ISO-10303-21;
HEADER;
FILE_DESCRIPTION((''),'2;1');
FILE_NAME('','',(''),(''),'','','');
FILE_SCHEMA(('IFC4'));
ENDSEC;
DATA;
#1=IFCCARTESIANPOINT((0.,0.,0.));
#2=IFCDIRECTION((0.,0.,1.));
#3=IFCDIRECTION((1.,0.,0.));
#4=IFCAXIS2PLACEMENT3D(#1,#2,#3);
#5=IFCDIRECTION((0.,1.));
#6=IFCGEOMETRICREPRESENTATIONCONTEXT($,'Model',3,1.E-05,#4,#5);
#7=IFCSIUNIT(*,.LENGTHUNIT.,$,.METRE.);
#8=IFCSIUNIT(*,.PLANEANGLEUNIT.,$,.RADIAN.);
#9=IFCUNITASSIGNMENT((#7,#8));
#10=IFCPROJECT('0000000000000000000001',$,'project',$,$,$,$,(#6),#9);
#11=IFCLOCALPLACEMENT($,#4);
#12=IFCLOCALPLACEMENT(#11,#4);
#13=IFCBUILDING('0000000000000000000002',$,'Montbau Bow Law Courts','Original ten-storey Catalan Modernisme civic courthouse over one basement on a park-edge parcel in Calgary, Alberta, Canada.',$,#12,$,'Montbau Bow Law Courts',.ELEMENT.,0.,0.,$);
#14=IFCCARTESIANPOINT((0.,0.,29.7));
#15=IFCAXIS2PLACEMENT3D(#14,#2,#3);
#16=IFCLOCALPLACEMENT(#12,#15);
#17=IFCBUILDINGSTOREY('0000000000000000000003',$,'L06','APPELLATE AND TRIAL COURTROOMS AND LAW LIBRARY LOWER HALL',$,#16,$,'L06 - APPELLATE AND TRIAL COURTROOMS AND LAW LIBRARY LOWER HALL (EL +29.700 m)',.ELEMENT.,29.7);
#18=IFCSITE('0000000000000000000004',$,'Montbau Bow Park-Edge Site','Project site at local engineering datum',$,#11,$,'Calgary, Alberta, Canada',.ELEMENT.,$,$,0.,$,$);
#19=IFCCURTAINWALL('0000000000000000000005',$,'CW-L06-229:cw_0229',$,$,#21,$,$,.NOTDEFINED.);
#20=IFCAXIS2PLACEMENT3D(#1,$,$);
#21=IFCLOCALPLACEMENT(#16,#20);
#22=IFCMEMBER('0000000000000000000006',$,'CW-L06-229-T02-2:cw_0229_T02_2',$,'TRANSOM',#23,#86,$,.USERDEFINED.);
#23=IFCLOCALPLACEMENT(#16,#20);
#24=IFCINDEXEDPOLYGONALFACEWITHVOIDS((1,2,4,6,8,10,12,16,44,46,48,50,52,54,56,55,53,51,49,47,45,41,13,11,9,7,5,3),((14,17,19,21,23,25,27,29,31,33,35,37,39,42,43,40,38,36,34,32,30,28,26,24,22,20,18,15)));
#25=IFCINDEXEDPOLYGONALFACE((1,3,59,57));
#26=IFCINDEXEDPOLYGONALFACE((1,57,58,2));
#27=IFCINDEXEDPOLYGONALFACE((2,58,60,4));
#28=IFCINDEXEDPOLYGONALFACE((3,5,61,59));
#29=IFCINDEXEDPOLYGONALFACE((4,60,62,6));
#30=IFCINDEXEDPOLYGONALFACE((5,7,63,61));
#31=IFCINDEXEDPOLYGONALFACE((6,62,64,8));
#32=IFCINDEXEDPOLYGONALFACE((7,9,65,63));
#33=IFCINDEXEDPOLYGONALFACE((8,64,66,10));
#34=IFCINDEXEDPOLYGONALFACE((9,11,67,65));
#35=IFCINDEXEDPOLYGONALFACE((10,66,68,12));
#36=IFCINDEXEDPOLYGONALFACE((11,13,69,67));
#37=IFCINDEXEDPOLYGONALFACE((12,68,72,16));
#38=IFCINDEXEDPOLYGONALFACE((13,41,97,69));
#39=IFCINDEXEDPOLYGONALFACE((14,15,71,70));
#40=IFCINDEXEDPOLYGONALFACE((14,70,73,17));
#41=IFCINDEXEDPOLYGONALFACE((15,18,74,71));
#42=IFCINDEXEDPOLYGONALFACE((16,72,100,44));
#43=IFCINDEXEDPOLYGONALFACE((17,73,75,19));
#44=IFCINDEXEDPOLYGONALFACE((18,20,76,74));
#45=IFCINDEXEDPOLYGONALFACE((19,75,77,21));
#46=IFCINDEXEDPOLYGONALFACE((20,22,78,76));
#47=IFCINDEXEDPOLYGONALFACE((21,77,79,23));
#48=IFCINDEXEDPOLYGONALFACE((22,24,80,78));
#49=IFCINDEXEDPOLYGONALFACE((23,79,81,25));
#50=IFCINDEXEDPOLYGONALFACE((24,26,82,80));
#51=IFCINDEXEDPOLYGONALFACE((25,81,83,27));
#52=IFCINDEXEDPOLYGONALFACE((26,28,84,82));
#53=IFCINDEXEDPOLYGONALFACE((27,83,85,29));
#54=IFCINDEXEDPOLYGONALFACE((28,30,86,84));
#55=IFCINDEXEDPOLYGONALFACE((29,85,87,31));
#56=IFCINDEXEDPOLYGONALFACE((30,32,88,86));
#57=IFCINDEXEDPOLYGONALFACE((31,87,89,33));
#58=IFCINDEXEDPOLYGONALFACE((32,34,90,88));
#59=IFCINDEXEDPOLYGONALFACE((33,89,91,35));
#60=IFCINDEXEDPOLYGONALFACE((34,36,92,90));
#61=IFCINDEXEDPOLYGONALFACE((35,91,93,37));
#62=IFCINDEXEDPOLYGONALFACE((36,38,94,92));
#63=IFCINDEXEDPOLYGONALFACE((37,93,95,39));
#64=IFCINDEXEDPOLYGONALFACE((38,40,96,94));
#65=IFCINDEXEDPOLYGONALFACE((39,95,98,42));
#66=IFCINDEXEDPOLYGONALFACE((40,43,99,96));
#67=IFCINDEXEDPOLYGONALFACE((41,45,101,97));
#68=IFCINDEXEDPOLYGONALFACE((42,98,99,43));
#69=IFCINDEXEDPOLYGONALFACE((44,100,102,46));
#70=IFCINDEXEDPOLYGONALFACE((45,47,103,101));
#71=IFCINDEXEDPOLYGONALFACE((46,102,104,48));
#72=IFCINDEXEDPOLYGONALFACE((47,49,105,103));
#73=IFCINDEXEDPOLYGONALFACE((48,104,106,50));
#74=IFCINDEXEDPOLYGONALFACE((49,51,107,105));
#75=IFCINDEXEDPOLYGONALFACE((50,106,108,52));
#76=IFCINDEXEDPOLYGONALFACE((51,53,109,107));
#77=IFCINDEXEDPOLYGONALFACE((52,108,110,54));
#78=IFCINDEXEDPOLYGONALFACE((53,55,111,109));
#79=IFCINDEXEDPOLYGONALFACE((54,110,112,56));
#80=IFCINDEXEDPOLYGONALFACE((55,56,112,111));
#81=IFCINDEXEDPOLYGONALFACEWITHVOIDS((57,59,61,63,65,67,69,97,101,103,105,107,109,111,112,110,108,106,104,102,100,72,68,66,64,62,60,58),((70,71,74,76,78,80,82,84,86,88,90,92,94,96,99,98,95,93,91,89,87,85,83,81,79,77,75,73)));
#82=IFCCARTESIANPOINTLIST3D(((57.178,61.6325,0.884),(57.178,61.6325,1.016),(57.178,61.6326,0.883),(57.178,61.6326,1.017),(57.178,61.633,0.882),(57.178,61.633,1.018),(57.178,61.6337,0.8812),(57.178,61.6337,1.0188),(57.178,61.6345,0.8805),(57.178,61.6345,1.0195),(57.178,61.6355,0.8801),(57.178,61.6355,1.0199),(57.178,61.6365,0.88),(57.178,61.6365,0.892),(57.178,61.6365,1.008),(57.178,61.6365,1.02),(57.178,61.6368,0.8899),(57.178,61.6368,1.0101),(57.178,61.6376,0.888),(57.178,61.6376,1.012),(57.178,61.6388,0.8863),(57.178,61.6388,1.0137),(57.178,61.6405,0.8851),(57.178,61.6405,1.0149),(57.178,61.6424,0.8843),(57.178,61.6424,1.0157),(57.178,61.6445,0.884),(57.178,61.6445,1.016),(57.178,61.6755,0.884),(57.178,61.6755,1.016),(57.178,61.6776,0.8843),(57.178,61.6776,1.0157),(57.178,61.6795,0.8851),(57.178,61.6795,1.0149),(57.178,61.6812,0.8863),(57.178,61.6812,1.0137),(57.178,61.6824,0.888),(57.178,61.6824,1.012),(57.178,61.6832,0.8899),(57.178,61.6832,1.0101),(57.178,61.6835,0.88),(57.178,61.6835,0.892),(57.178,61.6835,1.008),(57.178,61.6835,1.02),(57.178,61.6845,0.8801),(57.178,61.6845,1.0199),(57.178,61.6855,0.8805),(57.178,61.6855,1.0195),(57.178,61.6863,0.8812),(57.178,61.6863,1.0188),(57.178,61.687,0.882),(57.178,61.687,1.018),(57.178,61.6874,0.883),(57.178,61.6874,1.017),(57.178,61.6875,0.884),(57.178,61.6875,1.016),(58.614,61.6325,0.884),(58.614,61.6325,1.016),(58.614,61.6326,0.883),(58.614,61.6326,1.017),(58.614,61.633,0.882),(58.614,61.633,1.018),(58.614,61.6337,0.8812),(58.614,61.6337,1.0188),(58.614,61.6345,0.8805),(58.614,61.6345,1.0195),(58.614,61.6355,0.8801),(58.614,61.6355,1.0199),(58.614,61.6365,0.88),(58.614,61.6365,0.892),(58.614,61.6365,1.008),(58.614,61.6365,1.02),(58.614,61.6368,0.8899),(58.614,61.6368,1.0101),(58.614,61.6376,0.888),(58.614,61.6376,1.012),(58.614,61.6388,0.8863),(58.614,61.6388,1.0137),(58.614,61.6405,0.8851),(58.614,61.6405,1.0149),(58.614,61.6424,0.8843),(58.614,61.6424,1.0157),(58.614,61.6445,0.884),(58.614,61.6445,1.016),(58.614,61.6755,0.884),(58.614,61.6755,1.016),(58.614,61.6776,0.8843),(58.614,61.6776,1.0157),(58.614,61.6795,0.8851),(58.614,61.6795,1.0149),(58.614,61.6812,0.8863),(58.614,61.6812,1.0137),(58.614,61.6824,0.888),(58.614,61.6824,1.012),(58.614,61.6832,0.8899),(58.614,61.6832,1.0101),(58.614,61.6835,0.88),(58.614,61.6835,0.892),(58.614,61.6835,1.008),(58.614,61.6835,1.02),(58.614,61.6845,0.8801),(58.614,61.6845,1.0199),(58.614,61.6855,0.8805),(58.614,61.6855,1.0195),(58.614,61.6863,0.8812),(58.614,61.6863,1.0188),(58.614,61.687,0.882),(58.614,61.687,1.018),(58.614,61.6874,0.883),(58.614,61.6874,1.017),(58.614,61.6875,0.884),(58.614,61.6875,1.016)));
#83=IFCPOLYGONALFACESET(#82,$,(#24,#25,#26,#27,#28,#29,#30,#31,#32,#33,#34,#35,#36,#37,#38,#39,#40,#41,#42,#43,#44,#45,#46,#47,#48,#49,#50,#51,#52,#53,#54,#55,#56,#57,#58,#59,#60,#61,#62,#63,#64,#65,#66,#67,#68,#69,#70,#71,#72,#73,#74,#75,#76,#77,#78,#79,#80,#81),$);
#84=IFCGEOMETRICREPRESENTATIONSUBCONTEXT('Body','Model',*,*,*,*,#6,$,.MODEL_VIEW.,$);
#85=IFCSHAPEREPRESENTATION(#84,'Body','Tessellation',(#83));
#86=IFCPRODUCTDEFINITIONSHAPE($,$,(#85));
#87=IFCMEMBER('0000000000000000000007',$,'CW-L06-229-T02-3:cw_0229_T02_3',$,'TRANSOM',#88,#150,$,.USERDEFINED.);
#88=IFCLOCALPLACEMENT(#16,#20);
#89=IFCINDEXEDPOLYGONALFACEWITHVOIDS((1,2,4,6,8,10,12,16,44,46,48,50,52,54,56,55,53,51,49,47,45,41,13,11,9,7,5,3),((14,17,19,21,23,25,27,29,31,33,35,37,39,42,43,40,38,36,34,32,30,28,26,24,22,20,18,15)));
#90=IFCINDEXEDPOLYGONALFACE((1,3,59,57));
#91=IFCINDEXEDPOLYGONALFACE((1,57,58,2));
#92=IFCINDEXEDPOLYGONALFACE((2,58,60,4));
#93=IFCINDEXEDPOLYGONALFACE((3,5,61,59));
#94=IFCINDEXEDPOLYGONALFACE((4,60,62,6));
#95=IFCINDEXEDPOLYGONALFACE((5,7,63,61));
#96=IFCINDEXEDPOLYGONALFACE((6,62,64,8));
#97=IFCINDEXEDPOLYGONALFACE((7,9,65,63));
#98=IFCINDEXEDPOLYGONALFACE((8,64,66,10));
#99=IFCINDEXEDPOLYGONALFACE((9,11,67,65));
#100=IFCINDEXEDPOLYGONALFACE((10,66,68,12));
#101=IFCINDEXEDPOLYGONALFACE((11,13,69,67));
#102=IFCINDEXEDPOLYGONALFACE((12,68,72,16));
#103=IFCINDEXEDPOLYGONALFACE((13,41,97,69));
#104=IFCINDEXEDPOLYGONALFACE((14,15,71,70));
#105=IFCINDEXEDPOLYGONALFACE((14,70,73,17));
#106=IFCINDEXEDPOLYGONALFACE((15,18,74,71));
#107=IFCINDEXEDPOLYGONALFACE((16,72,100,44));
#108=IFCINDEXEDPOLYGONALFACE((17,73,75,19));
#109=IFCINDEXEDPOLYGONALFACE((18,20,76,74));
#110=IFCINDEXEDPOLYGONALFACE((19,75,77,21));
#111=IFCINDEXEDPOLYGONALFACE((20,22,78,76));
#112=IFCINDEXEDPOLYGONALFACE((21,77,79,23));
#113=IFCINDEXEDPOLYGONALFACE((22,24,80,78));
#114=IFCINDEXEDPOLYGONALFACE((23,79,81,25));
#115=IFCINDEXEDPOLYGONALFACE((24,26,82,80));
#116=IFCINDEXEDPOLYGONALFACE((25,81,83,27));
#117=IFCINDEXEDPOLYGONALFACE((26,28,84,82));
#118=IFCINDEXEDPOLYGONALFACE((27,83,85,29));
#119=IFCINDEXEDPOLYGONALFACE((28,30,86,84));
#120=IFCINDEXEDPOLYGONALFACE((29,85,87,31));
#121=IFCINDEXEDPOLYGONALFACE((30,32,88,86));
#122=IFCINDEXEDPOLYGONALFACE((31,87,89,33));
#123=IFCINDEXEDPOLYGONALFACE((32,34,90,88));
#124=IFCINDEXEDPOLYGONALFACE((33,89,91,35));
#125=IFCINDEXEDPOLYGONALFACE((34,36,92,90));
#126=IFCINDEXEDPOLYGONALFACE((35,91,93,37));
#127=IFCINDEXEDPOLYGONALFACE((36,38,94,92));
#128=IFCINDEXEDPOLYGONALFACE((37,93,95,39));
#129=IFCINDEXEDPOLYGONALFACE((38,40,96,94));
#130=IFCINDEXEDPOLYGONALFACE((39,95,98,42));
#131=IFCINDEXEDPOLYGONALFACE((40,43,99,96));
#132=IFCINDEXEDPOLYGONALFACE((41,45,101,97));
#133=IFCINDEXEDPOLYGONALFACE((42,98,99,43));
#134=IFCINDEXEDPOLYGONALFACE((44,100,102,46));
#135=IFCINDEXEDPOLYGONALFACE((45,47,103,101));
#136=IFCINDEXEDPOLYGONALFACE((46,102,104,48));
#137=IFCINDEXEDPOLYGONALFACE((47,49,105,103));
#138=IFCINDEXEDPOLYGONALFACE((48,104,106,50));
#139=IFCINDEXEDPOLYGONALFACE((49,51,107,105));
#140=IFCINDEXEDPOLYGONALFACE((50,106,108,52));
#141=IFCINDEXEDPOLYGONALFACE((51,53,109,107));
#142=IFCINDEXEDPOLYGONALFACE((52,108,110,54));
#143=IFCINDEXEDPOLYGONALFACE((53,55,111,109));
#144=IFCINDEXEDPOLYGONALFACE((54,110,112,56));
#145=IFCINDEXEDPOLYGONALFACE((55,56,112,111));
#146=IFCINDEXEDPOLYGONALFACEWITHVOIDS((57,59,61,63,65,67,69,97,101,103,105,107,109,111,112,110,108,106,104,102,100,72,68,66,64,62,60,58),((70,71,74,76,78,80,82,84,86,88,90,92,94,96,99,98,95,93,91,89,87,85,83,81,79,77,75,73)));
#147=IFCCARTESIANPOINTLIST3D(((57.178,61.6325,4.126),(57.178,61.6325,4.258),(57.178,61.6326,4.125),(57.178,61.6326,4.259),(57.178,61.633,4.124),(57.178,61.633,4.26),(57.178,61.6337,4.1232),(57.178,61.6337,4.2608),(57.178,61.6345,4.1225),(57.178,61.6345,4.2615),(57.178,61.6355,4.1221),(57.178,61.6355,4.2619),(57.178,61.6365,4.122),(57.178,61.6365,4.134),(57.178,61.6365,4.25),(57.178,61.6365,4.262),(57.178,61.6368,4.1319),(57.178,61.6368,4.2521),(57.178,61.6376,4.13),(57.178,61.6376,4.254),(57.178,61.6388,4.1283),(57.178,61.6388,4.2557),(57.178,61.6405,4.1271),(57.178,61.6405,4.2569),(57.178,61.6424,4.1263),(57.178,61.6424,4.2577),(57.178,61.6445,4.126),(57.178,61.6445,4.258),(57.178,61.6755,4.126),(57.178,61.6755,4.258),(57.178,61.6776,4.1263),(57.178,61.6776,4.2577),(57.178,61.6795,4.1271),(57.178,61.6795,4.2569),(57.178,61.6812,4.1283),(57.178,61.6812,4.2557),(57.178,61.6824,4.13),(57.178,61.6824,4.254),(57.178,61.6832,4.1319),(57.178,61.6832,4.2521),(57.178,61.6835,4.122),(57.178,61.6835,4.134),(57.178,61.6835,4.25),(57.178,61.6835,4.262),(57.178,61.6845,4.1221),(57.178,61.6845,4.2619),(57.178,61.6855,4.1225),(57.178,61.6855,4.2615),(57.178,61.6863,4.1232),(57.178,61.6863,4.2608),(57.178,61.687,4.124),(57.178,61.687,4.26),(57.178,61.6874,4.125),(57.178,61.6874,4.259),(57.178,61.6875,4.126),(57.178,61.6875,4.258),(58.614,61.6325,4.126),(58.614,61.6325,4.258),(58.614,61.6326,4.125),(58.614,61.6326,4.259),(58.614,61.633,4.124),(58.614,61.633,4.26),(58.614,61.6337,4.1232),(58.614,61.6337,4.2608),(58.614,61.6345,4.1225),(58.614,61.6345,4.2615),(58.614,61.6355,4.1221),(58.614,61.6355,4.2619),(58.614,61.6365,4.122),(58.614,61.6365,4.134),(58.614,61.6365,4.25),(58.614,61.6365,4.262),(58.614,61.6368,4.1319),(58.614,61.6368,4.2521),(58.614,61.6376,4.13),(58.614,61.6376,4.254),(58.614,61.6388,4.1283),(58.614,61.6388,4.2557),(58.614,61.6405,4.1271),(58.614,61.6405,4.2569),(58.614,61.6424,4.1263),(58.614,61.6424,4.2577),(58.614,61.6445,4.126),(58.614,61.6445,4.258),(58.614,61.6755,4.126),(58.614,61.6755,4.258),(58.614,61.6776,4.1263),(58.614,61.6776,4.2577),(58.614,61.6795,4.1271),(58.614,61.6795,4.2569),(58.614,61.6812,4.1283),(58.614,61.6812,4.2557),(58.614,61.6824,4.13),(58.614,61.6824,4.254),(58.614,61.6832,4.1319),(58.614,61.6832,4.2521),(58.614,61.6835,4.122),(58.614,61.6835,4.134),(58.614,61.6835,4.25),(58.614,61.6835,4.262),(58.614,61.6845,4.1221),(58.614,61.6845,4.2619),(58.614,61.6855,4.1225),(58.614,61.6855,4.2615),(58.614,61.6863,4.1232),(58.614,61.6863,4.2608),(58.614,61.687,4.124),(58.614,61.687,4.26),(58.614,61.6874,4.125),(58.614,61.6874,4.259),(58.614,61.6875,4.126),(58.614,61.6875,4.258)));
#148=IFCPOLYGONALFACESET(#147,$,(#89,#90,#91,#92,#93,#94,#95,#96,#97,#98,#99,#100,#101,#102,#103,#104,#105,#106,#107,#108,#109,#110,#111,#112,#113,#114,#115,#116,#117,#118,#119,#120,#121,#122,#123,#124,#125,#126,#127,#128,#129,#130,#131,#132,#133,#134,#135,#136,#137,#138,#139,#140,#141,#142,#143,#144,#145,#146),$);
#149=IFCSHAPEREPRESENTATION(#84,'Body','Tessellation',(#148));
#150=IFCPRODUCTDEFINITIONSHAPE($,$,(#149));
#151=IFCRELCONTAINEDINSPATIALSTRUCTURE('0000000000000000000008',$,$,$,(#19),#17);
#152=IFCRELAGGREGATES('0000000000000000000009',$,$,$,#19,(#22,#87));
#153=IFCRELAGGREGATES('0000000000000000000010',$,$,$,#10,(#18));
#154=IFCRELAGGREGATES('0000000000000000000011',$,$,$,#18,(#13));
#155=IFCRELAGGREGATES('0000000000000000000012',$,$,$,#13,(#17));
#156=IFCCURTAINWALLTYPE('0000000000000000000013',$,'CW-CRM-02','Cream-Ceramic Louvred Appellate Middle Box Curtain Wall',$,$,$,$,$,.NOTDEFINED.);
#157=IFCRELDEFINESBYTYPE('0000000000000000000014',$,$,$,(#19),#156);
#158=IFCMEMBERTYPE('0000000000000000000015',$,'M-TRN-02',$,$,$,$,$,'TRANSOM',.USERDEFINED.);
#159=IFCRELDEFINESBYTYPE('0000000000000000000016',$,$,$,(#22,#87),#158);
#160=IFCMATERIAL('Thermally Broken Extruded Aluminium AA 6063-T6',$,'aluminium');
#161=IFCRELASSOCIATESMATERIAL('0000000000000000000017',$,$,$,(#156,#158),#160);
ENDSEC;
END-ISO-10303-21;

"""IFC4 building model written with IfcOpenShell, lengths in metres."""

from ifc_helpers import new_model, si_unit, direction, frame, origin_with_axes, origin_2d_with_axis, place, context, subcontext, project, spatial, hollow_rectangle, extrude, material, material_profile, profile_set, type_object, element, aggregate, save


model = new_model("IFC4")

# Units and contexts
model_context = context("Model", 3, precision=1e-05, world=origin_with_axes(), true_north=direction((0.0, 1.0)))
body_context = subcontext(model_context, "Body", "Model", "MODEL_VIEW")
ifc_project = project(units=[si_unit("LENGTHUNIT", "METRE"), si_unit("PLANEANGLEUNIT", "RADIAN")], contexts=[model_context])

# Site, building, storey
site_placement = place(None, origin_with_axes())
site = spatial("IfcSite", under=ifc_project, at=site_placement, Name="Montbau Bow Park-Edge Site", Description="Project site at local engineering datum", LongName="Calgary, Alberta, Canada", CompositionType="ELEMENT", RefElevation=0.0)
building_placement = place(site_placement, origin_with_axes())
building = spatial("IfcBuilding", under=site, at=building_placement, Name="Montbau Bow Law Courts", Description="Original ten-storey Catalan Modernisme civic courthouse over one basement on a park-edge parcel in Calgary, Alberta, Canada.", LongName="Montbau Bow Law Courts", CompositionType="ELEMENT", ElevationOfRefHeight=0.0, ElevationOfTerrain=0.0)
storey_placement = place(building_placement, frame((0.0, 0.0, 29.7), z_axis=(0.0, 0.0, 1.0), x_axis=(1.0, 0.0, 0.0)))
storey = spatial("IfcBuildingStorey", under=building, at=storey_placement, Name="L06", Description="APPELLATE AND TRIAL COURTROOMS AND LAW LIBRARY LOWER HALL", LongName="L06 - APPELLATE AND TRIAL COURTROOMS AND LAW LIBRARY LOWER HALL (EL +29.700 m)", CompositionType="ELEMENT", Elevation=29.7)

# Curtain wall, members
ifc_material_1 = material(Name="Thermally Broken Extruded Aluminium AA 6063-T6", Category="aluminium")
curtain_wall_type = type_object("IfcCurtainWallType", Name="CW-CRM-02", Description="Cream-Ceramic Louvred Appellate Middle Box Curtain Wall", PredefinedType="NOTDEFINED", material=ifc_material_1)
curtain_wall_placement = place(None, frame((55.64, 61.66, 29.7), z_axis=(0.0, 0.0, 1.0), x_axis=(1.0, 0.0, 0.0)))
curtain_wall = element("IfcCurtainWall", 1, at=curtain_wall_placement, inside=storey, type_object=curtain_wall_type, Name="CW-L06-229:cw_0229", PredefinedType="NOTDEFINED")
ifc_material_profile_1 = material_profile(ifc_material_1, hollow_rectangle(XDim=0.055, YDim=0.14, WallThickness=0.004, InnerFilletRadius=0.008, OuterFilletRadius=0.004, at=origin_2d_with_axis()), Name="CWT-140X55", Category="Main", Priority=0)
ifc_profile_set_1 = profile_set([ifc_material_profile_1], Name="Thermally Broken Extruded Aluminium AA 6063-T6")
member_type_1 = type_object("IfcMemberType", Name="M-TRN-02", ElementType="TRANSOM", PredefinedType="USERDEFINED", material=ifc_profile_set_1)
member_1_placement = place(None, frame((57.178, 61.66, 30.65), z_axis=(1.0, 0.0, 0.0), x_axis=(0.0, 1.0, 0.0)))
member_1 = element("IfcMember", 2, at=member_1_placement, type_object=member_type_1, Name="CW-L06-229-T02-2:cw_0229_T02_2", ObjectType="TRANSOM", PredefinedType="USERDEFINED", context=body_context, shape_type="SweptSolid", body=[
    extrude(hollow_rectangle(XDim=0.055, YDim=0.14, WallThickness=0.004, InnerFilletRadius=0.008, OuterFilletRadius=0.004, at=origin_2d_with_axis()), origin_with_axes(), (0.0, 0.0, 1.0), 1.436),
])
member_2_placement = place(None, frame((57.178, 61.66, 33.892), z_axis=(1.0, 0.0, 0.0), x_axis=(0.0, 1.0, 0.0)))
member_2 = element("IfcMember", 3, at=member_2_placement, type_object=member_type_1, Name="CW-L06-229-T02-3:cw_0229_T02_3", ObjectType="TRANSOM", PredefinedType="USERDEFINED", context=body_context, shape_type="SweptSolid", body=[
    extrude(hollow_rectangle(XDim=0.055, YDim=0.14, WallThickness=0.004, InnerFilletRadius=0.008, OuterFilletRadius=0.004, at=origin_2d_with_axis()), origin_with_axes(), (0.0, 0.0, 1.0), 1.436),
])
aggregate(curtain_wall, [member_1, member_2])

save(model, "model.ifc")
